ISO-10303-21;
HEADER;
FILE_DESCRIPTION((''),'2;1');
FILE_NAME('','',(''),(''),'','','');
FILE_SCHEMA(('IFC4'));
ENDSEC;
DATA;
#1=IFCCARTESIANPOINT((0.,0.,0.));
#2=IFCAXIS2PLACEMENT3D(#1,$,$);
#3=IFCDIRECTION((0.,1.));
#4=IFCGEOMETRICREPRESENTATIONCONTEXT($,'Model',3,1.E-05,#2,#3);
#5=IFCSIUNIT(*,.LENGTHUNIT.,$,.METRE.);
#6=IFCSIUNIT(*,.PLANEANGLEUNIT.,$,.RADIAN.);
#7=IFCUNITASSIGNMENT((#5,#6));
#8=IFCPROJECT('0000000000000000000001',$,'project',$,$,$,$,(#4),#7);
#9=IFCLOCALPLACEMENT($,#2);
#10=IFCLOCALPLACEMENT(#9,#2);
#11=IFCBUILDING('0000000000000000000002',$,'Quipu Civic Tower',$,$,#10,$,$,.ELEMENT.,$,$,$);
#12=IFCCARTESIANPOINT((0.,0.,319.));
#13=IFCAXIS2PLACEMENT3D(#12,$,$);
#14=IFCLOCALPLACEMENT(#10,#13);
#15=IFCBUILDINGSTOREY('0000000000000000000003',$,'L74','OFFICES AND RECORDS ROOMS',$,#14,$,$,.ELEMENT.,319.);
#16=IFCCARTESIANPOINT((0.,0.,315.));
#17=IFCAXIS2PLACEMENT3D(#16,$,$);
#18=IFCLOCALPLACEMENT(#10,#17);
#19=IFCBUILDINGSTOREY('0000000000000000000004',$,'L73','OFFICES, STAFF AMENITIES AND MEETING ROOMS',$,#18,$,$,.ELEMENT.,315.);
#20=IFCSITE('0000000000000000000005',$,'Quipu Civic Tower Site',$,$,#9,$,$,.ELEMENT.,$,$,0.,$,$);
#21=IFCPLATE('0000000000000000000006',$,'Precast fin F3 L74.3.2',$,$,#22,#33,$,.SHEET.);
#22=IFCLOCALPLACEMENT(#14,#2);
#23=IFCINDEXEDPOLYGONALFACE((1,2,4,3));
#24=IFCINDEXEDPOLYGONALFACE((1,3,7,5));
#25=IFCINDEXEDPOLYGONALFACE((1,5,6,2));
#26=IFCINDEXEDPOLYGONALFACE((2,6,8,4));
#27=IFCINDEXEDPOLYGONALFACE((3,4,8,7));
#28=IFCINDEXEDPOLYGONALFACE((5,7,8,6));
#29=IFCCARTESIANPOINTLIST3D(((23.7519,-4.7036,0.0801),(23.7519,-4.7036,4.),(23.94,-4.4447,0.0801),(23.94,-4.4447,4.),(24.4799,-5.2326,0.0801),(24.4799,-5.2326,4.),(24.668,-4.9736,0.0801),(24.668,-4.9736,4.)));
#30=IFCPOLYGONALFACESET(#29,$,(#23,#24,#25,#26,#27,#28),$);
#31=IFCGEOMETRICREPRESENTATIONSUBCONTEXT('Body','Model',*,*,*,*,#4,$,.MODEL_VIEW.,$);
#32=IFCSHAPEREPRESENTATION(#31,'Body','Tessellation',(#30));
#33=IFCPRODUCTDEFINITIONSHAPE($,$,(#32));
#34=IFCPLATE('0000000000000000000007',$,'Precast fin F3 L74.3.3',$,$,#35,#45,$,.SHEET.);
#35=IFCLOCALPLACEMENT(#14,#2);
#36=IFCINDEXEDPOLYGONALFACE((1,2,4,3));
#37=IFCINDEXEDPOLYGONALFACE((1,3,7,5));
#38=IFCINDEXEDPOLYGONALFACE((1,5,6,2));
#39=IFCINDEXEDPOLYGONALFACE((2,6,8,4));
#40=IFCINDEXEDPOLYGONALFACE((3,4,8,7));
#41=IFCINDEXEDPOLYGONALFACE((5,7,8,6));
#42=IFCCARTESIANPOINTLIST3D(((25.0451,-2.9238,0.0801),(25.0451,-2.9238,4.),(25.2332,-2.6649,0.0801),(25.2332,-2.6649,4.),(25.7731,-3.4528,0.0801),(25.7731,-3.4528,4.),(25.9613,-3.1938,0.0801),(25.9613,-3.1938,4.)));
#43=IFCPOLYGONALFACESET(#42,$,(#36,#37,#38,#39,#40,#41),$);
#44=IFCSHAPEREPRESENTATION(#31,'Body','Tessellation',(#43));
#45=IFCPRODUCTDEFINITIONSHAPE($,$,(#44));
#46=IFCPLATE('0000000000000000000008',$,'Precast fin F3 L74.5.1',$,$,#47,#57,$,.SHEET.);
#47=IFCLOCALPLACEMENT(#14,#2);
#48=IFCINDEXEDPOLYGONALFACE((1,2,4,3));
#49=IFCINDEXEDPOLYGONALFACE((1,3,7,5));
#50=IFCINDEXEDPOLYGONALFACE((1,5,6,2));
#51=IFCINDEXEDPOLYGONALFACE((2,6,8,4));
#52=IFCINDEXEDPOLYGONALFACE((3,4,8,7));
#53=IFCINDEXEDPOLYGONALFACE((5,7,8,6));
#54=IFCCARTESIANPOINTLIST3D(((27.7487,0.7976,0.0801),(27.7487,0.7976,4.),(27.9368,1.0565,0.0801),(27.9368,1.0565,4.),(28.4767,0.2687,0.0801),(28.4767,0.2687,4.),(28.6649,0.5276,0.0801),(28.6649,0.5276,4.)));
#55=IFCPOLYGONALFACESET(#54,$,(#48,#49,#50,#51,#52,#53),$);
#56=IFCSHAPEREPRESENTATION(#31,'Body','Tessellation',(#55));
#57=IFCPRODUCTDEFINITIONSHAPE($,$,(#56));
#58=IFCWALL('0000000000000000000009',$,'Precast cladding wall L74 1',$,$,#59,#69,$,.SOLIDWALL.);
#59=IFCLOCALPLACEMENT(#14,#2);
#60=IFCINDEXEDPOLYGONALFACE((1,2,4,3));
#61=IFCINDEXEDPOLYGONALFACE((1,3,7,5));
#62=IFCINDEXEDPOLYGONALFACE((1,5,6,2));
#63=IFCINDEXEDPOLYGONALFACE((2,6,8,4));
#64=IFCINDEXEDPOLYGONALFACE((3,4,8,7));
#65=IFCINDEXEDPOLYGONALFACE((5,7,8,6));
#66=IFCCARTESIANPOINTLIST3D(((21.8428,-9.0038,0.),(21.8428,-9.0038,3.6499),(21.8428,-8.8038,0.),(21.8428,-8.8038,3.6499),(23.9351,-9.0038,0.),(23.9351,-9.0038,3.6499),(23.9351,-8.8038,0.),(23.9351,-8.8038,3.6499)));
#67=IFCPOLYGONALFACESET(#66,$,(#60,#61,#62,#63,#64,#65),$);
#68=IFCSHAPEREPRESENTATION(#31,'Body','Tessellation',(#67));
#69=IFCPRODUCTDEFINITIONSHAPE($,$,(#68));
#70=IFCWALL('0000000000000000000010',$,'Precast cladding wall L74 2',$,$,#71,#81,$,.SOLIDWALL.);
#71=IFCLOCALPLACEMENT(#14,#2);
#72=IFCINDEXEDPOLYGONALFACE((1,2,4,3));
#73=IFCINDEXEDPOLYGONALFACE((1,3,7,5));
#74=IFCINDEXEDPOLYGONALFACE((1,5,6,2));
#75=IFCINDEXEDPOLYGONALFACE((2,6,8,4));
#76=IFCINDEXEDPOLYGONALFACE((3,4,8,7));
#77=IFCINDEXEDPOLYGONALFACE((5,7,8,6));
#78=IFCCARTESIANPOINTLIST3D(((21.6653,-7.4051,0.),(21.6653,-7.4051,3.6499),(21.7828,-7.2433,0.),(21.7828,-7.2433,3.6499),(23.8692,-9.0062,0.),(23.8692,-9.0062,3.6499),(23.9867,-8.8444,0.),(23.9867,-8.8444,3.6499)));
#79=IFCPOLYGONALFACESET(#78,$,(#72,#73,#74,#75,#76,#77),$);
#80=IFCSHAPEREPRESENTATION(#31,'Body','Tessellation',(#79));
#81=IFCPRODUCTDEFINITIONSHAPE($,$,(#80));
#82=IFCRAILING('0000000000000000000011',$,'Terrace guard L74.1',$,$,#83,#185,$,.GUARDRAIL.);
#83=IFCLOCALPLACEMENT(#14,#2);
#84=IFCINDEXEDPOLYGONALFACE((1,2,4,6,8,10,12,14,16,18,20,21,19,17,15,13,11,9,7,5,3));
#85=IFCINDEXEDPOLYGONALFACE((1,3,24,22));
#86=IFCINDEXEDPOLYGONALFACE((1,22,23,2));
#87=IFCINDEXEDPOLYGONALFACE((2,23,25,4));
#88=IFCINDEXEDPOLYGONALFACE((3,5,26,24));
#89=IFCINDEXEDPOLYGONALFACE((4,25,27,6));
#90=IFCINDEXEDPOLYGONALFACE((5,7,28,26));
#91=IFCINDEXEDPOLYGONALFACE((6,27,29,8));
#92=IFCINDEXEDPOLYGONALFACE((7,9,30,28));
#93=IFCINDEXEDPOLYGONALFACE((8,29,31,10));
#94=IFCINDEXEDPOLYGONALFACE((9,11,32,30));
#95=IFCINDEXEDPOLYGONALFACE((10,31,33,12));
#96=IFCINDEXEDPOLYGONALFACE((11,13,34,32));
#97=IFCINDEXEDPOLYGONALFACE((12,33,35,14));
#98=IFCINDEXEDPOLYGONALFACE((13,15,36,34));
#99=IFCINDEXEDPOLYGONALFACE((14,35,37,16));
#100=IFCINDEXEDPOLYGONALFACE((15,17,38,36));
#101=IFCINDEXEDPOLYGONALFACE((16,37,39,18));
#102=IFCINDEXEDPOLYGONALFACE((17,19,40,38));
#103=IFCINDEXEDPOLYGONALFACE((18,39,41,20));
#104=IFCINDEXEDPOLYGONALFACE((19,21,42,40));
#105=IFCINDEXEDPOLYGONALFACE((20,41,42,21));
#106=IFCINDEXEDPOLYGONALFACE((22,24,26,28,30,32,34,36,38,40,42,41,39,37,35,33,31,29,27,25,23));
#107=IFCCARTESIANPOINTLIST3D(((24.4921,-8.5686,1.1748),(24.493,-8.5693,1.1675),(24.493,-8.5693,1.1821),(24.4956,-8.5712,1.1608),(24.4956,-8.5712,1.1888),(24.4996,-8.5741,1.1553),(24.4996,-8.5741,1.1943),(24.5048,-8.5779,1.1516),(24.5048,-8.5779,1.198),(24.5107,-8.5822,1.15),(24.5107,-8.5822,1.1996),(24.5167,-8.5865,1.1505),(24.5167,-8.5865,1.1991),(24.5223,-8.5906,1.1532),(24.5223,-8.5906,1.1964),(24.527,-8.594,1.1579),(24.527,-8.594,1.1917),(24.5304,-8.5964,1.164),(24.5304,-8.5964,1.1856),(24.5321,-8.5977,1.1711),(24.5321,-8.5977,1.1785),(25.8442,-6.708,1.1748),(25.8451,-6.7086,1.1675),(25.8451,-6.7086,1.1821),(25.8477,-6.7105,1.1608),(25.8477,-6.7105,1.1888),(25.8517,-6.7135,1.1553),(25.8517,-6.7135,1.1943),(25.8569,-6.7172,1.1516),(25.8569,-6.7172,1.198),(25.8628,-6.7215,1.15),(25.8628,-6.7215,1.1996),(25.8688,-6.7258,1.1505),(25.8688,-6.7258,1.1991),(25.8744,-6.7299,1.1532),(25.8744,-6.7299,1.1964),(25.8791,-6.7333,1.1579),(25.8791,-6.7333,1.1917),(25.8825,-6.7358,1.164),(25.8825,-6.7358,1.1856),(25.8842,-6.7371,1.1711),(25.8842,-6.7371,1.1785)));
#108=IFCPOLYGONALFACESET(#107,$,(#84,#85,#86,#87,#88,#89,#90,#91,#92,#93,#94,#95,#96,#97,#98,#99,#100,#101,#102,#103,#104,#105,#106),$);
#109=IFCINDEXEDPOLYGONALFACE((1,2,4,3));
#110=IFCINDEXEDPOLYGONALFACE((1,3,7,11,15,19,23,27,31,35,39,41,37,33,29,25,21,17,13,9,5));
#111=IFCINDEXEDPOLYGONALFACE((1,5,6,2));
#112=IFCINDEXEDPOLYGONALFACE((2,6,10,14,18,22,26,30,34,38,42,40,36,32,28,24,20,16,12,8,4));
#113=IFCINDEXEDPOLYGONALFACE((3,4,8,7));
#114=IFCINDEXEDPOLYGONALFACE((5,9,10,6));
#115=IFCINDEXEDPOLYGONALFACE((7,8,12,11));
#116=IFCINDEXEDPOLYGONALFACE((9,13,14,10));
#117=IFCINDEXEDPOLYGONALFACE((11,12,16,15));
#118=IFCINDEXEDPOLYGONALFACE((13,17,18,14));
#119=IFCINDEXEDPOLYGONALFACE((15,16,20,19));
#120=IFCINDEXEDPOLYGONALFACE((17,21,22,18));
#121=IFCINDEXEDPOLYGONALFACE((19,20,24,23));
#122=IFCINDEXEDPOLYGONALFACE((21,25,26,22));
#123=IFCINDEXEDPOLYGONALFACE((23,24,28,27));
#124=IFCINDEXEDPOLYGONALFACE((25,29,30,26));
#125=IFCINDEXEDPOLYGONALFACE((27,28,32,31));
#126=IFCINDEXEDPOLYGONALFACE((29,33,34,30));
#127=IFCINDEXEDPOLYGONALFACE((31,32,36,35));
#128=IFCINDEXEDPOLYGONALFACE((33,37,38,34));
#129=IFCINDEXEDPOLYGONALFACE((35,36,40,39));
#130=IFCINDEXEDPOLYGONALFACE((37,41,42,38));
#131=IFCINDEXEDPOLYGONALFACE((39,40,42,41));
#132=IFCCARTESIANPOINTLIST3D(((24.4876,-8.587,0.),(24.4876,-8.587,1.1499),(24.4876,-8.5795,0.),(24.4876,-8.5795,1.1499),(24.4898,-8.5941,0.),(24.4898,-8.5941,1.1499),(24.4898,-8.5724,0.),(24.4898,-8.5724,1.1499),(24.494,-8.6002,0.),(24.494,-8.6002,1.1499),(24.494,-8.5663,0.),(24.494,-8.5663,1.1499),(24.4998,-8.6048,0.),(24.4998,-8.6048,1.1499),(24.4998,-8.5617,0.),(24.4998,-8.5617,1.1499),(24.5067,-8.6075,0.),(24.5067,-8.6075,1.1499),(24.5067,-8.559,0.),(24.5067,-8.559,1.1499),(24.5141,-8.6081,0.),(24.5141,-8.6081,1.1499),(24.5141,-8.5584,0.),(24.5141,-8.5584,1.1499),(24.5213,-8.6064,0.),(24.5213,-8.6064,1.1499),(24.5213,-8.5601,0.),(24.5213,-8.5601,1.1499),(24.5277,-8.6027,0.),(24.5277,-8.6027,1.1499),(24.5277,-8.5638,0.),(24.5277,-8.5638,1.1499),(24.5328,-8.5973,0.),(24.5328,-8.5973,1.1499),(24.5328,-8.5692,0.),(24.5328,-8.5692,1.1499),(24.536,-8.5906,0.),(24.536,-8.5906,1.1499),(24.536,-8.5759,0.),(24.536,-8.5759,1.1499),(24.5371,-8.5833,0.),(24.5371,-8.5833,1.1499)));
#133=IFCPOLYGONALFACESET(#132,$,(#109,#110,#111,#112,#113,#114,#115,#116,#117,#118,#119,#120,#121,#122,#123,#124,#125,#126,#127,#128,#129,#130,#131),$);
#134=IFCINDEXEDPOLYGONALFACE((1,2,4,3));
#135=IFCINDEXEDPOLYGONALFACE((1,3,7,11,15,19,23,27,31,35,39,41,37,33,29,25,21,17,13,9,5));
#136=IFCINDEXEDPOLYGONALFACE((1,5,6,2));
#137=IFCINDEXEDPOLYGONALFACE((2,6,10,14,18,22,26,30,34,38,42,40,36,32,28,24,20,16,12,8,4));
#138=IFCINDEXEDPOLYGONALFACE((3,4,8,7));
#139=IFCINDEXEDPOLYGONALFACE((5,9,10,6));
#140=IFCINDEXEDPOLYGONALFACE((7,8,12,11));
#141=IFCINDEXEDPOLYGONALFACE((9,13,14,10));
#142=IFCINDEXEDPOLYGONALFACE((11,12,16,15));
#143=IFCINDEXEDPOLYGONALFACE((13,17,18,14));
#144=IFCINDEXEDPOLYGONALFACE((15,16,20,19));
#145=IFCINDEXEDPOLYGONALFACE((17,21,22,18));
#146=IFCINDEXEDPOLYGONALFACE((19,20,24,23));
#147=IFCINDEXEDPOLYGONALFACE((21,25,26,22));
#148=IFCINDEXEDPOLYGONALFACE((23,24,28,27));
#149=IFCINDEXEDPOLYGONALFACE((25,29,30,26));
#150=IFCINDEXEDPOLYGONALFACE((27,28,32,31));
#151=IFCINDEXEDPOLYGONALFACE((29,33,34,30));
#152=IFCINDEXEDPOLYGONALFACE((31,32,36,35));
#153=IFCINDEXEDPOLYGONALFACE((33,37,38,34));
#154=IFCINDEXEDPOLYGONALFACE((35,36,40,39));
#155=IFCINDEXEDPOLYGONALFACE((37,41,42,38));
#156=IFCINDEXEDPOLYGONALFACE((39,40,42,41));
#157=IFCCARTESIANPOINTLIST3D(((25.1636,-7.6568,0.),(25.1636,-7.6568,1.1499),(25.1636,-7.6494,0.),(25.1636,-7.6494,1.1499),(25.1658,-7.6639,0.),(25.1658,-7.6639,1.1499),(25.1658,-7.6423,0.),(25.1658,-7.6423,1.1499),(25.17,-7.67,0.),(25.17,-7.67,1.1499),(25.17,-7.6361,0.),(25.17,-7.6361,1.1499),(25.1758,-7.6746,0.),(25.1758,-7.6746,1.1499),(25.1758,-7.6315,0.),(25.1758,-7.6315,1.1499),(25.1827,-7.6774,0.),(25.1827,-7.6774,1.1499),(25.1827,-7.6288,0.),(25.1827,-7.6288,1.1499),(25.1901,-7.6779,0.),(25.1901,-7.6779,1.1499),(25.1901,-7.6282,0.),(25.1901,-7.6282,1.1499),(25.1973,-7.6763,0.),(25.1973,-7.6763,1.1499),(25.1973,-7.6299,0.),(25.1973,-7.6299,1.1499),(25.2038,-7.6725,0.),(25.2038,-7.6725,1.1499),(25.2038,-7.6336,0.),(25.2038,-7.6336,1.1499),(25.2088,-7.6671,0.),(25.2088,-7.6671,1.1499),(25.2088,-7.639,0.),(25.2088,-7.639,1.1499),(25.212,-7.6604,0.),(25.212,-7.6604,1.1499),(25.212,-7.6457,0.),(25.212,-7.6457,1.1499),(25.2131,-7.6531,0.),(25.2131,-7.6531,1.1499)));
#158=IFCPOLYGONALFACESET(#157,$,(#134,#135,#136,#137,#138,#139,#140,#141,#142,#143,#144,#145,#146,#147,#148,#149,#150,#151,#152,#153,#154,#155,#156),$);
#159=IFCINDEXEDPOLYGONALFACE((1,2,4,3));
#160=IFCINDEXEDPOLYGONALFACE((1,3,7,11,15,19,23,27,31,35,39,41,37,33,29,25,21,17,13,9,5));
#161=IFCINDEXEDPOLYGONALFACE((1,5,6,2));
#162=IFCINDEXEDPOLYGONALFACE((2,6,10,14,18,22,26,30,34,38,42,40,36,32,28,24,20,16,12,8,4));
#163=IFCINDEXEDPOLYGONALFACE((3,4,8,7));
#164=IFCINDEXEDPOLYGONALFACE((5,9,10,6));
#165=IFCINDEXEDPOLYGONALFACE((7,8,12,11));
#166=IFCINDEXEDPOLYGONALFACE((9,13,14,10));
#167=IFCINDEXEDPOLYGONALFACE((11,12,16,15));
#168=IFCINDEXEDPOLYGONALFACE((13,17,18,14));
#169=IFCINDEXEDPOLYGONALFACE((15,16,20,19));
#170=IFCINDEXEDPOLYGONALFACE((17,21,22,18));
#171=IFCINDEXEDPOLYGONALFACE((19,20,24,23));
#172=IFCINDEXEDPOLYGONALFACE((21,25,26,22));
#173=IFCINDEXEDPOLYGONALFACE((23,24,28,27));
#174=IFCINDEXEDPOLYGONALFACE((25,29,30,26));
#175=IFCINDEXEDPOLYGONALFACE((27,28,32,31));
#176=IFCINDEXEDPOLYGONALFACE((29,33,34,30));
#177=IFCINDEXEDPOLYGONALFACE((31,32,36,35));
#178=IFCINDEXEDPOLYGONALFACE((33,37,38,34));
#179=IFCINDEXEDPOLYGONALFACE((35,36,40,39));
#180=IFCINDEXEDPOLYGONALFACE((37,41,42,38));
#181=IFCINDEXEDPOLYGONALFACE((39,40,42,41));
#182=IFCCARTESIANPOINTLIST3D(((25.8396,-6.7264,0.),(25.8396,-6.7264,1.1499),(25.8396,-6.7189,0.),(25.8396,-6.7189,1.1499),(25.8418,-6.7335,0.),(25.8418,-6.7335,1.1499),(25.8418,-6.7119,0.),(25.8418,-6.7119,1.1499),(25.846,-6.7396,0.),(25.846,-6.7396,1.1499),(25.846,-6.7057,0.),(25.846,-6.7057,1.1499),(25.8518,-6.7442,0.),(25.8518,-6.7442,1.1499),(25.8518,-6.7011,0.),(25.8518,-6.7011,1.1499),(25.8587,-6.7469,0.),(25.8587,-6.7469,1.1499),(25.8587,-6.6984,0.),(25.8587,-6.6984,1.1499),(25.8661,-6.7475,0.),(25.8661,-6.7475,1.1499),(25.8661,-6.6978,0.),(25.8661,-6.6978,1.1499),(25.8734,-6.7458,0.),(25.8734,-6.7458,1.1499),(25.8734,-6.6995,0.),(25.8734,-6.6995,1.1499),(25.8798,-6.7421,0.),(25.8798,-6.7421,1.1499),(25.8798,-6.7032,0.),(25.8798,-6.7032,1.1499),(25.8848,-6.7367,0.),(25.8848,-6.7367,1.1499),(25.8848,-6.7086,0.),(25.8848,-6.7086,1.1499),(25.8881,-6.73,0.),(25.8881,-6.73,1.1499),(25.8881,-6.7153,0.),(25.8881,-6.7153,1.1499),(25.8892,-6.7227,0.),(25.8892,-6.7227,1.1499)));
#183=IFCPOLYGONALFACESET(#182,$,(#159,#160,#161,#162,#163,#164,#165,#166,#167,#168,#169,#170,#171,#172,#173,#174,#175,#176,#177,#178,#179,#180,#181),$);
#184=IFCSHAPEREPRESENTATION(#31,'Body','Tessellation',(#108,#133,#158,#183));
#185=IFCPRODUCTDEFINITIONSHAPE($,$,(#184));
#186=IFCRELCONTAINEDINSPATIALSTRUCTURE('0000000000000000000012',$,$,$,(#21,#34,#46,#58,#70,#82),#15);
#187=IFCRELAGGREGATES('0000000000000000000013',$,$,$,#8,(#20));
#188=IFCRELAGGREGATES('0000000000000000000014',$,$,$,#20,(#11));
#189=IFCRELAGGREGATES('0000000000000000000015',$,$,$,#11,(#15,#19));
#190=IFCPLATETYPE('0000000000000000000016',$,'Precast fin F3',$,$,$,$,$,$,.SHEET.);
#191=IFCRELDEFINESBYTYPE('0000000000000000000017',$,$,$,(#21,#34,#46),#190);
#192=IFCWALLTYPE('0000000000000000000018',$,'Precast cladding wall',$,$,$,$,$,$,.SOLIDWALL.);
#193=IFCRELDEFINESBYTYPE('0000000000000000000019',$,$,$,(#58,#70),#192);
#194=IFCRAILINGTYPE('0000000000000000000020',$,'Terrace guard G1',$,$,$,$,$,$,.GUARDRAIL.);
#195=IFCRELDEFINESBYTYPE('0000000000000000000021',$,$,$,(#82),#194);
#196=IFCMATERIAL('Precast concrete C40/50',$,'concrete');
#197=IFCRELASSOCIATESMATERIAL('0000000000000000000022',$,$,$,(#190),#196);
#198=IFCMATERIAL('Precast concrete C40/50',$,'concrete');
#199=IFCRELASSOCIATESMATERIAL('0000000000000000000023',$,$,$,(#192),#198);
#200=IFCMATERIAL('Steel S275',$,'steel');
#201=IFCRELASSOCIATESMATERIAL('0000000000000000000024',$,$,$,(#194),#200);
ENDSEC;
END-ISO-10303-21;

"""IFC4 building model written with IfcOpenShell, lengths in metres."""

from ifc_helpers import new_model, si_unit, direction, frame, frame_2d, origin, origin_2d, place, context, subcontext, project, spatial, rectangle, circle, extrude, material, type_object, element, save


model = new_model("IFC4")

# Units and contexts
model_context = context("Model", 3, precision=1e-05, world=origin(), true_north=direction((0.0, 1.0)))
body_context = subcontext(model_context, "Body", "Model", "MODEL_VIEW")
ifc_project = project(units=[si_unit("LENGTHUNIT", "METRE"), si_unit("PLANEANGLEUNIT", "RADIAN")], contexts=[model_context])

# Site, building, storey
site_placement = place(None, origin())
site = spatial("IfcSite", under=ifc_project, at=site_placement, Name="Quipu Civic Tower Site", CompositionType="ELEMENT", RefElevation=0.0)
building_placement = place(site_placement, origin())
building = spatial("IfcBuilding", under=site, at=building_placement, Name="Quipu Civic Tower", CompositionType="ELEMENT")
storey_1_placement = place(building_placement, frame((0.0, 0.0, 319.0)))
storey_1 = spatial("IfcBuildingStorey", under=building, at=storey_1_placement, Name="L74", Description="OFFICES AND RECORDS ROOMS", CompositionType="ELEMENT", Elevation=319.0)

# Shared definitions
storey_2_placement = place(building_placement, frame((0.0, 0.0, 315.0)))
storey_2 = spatial("IfcBuildingStorey", under=building, at=storey_2_placement, Name="L73", Description="OFFICES, STAFF AMENITIES AND MEETING ROOMS", CompositionType="ELEMENT", Elevation=315.0)

# Plates
ifc_material_1 = material(Name="Precast concrete C40/50", Category="concrete")
plate_type_1 = type_object("IfcPlateType", Name="Precast fin F3", PredefinedType="SHEET", material=ifc_material_1)
for number, where, z_axis, x_axis, name in (
    (1, (24.21, -4.8386, 0.0801), (0.0, 0.0, 1.0), (0.587784, 0.809018, 0.0), "Precast fin F3 L74.3.2"),
    (2, (25.5032, -3.0588, 0.0801), (0.0, 0.0, 1.0), (0.587784, 0.809018, 0.0), "Precast fin F3 L74.3.3"),
    (3, (28.2068, 0.6626, 0.0801), (0.0, 0.0, 1.0), (0.587784, 0.809018, 0.0), "Precast fin F3 L74.5.1"),
):
    element("IfcPlate", number, at=place(storey_1_placement, frame(where, z_axis=z_axis, x_axis=x_axis)), inside=storey_1, type_object=plate_type_1, Name=name, PredefinedType="SHEET", context=body_context, shape_type="SweptSolid", body=[
        extrude(rectangle(XDim=0.3201, YDim=0.8999, at=origin_2d()), origin(), (0.0, 0.0, 1.0), 3.9199),
    ])

# Walls
ifc_material_2 = material(Name="Precast concrete C40/50", Category="concrete")
wall_type_1 = type_object("IfcWallType", Name="Precast cladding wall", PredefinedType="SOLIDWALL", material=ifc_material_2)
wall_1_placement = place(storey_1_placement, frame((21.8428, -8.9038, 0.0), z_axis=(0.0, 0.0, 1.0), x_axis=(1.0, 0.0, 0.0)))
element("IfcWall", 4, at=wall_1_placement, inside=storey_1, type_object=wall_type_1, Name="Precast cladding wall L74 1", PredefinedType="SOLIDWALL", context=body_context, shape_type="SweptSolid", body=[
    extrude(rectangle(XDim=2.0923, YDim=0.2, at=frame_2d((1.0461, 0.0))), origin(), (0.0, 0.0, 1.0), 3.6499),
])
wall_2_placement = place(storey_1_placement, frame((23.928, -8.9253, 0.0), z_axis=(0.0, 0.0, 1.0), x_axis=(-0.809038, 0.587756, 0.0)))
element("IfcWall", 5, at=wall_2_placement, inside=storey_1, type_object=wall_type_1, Name="Precast cladding wall L74 2", PredefinedType="SOLIDWALL", context=body_context, shape_type="SweptSolid", body=[
    extrude(rectangle(XDim=2.7241, YDim=0.2, at=frame_2d((1.3621, 0.0))), origin(), (0.0, 0.0, 1.0), 3.6499),
])

# Railing
ifc_material_3 = material(Name="Steel S275", Category="steel")
railing_type = type_object("IfcRailingType", Name="Terrace guard G1", PredefinedType="GUARDRAIL", material=ifc_material_3)
railing_1_placement = place(storey_1_placement, frame((24.5122, -8.5833, 0.0)))
element("IfcRailing", 6, at=railing_1_placement, inside=storey_1, type_object=railing_type, Name="Terrace guard L74.1", PredefinedType="GUARDRAIL", context=body_context, shape_type="SweptSolid", body=[
    extrude(circle(Radius=0.0249, at=origin_2d()), frame((0.0, 0.0, 1.1748), z_axis=(0.587856, 0.808966, 0.0), x_axis=(-0.808966, 0.587856, 0.0)), (0.0, 0.0, 1.0), 2.3),
    extrude(circle(Radius=0.0249, at=origin_2d()), origin(), (0.0, 0.0, 1.0), 1.1499),
    extrude(circle(Radius=0.0249, at=origin_2d()), frame((0.676, 0.9302, 0.0)), (0.0, 0.0, 1.0), 1.1499),
    extrude(circle(Radius=0.0249, at=origin_2d()), frame((1.3521, 1.8606, 0.0)), (0.0, 0.0, 1.0), 1.1499),
])

save(model, "model.ifc")
